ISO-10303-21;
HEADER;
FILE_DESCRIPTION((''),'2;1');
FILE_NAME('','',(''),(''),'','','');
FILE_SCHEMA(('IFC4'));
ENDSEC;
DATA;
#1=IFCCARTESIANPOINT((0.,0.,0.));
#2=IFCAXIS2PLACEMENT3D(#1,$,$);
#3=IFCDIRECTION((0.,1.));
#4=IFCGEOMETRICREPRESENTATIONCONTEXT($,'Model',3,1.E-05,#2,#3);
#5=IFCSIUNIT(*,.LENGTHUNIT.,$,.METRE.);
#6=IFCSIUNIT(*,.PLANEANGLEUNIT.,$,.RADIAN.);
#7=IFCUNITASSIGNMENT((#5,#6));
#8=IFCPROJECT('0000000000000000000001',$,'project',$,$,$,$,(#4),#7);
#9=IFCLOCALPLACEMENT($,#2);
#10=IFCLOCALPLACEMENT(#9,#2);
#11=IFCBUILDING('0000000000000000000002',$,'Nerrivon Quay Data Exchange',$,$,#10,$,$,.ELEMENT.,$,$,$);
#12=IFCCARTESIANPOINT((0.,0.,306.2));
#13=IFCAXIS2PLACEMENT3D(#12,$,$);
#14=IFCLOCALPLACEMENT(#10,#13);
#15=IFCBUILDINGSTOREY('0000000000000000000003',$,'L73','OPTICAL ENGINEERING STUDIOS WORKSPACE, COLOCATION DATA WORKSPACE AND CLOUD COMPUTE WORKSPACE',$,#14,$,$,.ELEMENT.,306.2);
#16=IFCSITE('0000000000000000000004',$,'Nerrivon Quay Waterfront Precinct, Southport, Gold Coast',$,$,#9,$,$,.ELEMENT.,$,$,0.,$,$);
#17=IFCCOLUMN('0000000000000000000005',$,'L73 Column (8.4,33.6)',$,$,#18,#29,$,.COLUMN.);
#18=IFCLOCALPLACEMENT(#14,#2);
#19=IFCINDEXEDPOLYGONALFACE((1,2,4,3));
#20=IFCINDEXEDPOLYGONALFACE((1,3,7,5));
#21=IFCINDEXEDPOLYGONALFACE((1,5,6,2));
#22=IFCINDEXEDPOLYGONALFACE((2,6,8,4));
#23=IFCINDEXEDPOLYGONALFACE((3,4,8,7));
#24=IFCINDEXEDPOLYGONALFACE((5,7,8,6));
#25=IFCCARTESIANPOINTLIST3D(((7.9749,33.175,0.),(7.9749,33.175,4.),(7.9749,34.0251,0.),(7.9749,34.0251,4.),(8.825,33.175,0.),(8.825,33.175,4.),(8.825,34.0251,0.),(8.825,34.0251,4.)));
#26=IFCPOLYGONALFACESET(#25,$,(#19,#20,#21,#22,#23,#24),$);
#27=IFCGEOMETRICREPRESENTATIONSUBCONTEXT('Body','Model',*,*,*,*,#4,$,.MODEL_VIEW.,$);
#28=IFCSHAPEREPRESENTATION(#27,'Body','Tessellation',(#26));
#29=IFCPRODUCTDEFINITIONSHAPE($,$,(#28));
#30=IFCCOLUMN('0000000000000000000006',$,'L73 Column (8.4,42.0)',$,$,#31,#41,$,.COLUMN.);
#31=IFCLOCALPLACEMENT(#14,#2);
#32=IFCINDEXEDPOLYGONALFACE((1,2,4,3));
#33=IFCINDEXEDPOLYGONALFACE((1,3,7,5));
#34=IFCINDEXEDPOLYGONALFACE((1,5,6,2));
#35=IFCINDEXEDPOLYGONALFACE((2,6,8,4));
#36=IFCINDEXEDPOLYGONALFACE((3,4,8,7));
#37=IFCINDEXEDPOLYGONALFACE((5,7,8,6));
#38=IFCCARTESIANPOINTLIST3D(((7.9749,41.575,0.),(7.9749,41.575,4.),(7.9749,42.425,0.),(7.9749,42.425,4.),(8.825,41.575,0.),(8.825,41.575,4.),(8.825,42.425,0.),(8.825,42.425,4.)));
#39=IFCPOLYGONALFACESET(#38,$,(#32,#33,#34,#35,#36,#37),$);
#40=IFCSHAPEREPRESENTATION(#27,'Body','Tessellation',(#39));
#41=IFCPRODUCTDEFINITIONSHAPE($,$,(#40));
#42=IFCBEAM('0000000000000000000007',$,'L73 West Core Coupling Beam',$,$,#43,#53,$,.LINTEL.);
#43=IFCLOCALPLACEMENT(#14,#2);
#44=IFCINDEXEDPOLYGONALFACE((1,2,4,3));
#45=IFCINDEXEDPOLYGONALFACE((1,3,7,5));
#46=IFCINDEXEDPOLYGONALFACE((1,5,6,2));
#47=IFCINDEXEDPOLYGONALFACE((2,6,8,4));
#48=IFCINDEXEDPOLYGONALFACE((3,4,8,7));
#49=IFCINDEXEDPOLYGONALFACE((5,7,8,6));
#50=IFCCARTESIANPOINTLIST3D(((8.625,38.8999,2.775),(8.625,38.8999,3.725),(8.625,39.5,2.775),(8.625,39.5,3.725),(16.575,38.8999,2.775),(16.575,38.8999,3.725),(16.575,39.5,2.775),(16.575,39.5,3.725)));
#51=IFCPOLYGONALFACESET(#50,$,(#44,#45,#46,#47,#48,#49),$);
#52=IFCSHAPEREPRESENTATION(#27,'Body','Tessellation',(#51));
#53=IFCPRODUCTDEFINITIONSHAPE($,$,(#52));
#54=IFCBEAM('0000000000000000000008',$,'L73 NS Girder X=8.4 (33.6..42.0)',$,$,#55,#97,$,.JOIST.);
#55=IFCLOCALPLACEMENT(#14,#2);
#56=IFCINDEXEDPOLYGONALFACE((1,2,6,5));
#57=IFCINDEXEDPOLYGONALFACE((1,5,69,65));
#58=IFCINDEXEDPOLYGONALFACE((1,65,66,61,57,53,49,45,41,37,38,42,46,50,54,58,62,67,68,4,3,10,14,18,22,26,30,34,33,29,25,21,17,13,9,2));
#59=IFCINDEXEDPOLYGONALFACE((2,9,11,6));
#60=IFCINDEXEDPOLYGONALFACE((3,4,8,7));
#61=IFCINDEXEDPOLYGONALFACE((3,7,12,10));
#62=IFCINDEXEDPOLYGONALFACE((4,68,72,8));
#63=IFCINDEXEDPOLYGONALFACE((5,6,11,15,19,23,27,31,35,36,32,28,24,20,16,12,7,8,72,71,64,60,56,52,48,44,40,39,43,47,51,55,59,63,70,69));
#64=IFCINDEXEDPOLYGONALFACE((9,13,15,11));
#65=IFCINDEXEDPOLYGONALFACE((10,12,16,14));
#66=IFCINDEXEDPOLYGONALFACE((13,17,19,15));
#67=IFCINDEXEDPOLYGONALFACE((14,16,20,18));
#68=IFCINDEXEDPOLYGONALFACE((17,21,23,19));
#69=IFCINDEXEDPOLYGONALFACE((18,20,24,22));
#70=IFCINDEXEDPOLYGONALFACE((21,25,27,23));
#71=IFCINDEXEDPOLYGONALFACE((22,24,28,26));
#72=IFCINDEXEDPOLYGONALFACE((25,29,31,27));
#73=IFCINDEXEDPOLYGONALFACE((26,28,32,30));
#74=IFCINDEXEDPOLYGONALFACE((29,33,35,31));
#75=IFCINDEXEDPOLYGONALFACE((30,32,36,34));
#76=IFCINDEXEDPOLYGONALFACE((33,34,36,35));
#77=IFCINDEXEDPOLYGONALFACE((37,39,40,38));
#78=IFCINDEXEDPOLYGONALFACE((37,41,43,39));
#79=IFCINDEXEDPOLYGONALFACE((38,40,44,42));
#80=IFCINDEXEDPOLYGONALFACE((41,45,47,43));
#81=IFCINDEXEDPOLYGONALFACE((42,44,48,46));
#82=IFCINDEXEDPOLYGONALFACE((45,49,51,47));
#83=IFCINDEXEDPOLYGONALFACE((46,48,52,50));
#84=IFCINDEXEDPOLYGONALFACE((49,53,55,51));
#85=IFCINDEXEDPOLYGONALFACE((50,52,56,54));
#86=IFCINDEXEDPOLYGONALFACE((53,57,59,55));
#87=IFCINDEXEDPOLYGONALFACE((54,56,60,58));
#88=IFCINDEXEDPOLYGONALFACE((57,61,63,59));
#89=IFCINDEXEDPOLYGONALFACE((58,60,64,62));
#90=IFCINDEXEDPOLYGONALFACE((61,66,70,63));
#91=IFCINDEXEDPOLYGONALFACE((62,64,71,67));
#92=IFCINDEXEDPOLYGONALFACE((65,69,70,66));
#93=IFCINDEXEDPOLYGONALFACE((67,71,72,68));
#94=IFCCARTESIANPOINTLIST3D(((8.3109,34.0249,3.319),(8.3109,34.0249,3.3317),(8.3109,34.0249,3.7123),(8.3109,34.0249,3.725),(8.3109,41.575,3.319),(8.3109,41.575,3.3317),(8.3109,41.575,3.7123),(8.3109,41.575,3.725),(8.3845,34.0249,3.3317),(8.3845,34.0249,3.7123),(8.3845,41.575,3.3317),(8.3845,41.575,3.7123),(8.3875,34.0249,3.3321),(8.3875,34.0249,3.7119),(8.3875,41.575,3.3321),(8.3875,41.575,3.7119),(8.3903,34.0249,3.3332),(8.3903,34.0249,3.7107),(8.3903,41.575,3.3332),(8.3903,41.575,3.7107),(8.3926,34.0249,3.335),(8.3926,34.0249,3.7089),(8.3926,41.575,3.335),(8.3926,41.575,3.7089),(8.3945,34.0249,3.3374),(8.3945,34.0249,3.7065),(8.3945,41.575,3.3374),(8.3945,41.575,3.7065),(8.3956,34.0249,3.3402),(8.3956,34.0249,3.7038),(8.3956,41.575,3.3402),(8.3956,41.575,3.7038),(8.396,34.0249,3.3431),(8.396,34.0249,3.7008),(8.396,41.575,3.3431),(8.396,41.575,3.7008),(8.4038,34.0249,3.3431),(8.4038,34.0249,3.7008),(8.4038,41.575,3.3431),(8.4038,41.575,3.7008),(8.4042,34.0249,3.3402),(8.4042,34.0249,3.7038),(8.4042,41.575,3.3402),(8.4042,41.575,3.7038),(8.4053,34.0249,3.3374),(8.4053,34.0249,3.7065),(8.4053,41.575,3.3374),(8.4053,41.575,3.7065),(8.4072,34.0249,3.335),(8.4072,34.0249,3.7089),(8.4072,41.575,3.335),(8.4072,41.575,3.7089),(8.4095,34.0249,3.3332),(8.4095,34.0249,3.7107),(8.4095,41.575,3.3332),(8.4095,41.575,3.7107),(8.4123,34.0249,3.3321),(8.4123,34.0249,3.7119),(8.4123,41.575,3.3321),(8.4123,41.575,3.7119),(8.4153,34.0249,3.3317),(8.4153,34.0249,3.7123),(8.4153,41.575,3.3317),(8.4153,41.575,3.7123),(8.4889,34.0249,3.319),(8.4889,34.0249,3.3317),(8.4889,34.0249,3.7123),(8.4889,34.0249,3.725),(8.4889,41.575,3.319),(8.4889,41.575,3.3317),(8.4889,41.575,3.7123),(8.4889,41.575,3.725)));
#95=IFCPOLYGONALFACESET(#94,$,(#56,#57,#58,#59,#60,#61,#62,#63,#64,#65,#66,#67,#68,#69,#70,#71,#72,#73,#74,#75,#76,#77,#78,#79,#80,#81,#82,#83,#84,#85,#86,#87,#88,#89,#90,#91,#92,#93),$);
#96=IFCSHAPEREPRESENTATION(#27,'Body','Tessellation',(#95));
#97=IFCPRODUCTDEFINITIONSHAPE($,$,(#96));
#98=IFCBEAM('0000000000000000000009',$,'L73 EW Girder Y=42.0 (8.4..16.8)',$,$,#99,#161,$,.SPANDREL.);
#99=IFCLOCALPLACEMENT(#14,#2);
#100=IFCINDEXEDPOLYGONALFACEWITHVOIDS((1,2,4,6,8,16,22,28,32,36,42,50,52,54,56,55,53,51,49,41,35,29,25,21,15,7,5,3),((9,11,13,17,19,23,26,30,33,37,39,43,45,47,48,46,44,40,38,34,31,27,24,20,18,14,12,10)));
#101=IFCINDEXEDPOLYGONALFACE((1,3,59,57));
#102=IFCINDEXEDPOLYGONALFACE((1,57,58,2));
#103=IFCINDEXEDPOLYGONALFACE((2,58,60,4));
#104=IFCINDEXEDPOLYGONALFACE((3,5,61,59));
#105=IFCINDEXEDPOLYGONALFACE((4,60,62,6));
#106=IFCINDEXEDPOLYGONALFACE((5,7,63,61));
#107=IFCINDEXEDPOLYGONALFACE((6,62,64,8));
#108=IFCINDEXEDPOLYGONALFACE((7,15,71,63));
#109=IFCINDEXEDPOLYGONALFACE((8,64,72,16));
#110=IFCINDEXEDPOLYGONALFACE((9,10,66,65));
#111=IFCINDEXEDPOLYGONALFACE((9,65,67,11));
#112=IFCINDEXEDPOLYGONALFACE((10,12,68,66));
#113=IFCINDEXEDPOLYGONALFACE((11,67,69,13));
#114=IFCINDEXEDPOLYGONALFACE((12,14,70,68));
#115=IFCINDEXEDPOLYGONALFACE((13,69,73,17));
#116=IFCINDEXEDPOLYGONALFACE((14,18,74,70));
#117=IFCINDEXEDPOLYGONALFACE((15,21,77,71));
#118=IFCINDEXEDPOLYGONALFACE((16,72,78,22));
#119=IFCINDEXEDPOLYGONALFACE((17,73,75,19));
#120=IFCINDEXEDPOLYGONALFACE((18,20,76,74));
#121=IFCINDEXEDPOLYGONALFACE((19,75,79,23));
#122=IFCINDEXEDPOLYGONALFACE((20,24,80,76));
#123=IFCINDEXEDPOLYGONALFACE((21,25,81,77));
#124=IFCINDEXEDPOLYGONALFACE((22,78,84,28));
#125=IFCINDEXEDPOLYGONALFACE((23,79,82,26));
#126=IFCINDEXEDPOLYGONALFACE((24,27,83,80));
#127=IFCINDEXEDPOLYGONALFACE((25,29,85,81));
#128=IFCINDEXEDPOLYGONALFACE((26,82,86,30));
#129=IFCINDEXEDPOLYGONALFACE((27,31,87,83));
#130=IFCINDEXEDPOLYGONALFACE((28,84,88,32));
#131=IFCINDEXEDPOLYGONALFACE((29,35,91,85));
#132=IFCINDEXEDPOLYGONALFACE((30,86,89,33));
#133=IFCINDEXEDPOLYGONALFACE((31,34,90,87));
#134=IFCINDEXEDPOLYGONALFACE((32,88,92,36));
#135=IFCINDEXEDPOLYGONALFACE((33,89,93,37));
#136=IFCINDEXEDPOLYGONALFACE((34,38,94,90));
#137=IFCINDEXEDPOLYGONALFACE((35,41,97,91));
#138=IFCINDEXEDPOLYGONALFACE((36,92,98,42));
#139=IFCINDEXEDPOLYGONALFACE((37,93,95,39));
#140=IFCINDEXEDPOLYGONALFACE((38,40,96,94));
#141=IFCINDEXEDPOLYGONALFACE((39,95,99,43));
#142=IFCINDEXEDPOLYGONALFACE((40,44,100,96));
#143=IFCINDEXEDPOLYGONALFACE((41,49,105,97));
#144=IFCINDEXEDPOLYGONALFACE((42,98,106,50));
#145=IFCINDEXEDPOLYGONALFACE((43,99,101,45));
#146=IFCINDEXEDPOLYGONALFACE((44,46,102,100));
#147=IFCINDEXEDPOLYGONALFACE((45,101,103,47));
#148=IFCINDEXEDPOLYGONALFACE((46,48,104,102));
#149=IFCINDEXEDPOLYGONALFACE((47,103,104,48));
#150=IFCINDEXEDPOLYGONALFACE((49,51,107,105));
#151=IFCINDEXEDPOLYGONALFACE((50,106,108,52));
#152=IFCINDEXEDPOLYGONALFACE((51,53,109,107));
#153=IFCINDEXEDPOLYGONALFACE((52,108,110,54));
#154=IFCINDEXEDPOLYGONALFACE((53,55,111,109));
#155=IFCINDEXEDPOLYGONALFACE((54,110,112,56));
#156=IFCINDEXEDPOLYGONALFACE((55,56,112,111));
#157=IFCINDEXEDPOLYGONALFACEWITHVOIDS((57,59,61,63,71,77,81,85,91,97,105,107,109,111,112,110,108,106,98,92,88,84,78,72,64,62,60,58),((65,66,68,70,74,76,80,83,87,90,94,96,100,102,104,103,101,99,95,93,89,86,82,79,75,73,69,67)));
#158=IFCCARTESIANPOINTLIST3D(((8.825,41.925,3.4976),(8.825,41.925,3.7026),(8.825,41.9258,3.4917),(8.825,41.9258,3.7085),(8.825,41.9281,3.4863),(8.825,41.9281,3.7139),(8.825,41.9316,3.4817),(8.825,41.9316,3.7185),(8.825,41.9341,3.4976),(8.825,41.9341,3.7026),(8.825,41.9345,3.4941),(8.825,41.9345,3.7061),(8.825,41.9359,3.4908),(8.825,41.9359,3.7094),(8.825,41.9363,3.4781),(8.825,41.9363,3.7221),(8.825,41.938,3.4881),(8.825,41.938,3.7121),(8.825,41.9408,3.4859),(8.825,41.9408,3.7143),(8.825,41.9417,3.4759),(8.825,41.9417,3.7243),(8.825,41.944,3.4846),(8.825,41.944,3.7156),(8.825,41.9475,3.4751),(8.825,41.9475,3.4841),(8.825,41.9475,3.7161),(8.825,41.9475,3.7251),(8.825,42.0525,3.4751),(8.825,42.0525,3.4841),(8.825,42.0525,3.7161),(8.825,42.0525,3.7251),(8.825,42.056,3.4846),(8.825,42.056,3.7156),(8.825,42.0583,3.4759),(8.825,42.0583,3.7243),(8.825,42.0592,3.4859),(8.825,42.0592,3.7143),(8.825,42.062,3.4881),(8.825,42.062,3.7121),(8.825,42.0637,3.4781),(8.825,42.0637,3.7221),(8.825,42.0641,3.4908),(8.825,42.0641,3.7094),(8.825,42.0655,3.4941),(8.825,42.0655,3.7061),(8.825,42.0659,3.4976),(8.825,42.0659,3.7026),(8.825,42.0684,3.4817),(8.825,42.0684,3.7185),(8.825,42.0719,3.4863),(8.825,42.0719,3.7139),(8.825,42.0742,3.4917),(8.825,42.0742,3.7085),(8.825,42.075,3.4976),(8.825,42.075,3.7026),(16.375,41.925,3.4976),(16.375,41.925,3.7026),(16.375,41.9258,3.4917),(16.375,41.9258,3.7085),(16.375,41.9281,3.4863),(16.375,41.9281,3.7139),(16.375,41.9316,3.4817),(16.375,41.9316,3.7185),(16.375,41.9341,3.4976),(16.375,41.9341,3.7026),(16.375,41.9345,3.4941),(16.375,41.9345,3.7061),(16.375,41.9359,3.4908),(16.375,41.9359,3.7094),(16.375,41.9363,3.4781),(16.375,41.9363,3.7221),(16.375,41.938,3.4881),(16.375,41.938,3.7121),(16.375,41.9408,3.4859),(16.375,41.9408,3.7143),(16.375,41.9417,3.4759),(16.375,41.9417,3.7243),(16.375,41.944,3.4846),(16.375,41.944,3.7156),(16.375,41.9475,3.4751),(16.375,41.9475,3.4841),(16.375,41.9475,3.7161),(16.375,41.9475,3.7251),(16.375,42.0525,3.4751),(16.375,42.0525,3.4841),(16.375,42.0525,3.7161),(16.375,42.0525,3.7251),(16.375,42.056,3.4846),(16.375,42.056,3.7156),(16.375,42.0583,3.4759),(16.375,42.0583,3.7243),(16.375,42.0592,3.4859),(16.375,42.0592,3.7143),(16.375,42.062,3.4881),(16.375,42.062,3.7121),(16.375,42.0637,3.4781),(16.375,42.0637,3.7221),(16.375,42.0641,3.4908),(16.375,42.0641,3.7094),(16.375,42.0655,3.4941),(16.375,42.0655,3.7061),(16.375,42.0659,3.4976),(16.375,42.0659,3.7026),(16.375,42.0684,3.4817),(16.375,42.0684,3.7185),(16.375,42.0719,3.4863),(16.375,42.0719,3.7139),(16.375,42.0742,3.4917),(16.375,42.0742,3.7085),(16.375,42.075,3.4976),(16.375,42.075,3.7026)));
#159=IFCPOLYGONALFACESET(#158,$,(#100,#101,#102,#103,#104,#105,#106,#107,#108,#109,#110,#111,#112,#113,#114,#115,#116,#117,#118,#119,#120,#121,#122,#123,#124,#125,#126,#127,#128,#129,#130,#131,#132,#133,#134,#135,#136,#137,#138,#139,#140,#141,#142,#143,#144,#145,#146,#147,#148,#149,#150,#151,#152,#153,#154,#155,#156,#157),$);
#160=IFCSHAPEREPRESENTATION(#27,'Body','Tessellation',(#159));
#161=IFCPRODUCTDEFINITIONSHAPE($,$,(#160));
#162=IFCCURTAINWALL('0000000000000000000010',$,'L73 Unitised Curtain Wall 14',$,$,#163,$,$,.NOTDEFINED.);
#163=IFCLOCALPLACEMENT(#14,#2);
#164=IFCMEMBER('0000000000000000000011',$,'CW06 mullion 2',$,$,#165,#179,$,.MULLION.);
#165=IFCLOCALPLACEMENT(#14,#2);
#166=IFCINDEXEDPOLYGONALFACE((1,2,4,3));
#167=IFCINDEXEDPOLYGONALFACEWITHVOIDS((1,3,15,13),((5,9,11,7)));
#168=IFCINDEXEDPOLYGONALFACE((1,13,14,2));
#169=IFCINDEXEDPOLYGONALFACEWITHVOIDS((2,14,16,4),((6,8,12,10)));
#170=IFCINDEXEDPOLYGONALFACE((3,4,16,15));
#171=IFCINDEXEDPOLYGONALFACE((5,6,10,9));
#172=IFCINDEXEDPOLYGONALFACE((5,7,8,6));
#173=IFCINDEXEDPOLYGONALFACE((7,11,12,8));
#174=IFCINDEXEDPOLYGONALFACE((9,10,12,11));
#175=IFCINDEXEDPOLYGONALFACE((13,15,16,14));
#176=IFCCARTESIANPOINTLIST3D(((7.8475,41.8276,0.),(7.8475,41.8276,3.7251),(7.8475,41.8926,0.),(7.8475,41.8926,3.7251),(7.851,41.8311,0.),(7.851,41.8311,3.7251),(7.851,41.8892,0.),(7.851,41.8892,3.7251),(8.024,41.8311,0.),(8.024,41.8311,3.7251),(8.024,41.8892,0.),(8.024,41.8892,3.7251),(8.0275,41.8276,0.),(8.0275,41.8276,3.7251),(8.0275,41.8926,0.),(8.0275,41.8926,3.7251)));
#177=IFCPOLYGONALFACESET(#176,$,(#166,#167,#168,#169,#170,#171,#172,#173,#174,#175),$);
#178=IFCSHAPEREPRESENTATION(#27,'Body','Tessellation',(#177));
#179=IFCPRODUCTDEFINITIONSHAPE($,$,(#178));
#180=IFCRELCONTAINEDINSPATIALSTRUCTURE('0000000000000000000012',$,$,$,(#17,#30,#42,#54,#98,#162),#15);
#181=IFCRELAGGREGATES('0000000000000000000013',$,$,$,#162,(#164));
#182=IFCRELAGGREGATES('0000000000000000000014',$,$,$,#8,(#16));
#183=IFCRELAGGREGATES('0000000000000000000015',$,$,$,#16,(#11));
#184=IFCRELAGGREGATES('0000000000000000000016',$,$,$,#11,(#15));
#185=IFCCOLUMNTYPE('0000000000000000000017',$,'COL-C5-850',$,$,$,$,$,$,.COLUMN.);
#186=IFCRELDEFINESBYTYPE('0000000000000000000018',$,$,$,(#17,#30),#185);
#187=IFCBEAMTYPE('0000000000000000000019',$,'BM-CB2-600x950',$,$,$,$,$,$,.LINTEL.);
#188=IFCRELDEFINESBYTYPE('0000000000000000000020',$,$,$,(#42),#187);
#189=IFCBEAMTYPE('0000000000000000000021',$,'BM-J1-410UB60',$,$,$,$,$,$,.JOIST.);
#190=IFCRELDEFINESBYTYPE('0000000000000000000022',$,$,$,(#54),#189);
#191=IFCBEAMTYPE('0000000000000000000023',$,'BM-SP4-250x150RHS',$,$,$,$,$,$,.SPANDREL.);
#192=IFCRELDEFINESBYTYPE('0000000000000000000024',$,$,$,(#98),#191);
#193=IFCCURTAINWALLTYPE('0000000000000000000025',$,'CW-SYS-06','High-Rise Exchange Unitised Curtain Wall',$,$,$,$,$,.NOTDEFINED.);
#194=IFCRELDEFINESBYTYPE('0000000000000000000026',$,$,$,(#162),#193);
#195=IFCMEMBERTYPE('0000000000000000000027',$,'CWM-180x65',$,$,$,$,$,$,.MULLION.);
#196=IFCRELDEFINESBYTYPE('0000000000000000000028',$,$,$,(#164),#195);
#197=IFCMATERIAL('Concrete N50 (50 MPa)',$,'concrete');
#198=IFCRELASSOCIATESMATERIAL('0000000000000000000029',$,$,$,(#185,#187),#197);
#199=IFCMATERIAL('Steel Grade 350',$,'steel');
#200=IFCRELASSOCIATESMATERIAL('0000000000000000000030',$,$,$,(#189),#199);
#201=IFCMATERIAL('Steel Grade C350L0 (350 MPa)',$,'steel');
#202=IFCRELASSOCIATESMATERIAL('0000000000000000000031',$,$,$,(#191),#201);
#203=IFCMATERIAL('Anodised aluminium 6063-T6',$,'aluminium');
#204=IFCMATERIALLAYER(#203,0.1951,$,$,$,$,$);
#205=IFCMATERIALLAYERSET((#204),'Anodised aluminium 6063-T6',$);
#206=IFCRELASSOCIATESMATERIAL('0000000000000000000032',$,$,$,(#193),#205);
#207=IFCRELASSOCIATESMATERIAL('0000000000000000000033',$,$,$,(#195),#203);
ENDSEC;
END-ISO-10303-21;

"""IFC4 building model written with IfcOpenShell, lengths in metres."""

from ifc_helpers import new_model, si_unit, direction, frame, origin, origin_2d, place, context, subcontext, project, spatial, rectangle, hollow_rectangle, i_section, extrude, material, layer, layer_set, material_profile, profile_set, type_object, element, aggregate, save


model = new_model("IFC4")

# Units and contexts
model_context = context("Model", 3, precision=1e-05, world=origin(), true_north=direction((0.0, 1.0)))
body_context = subcontext(model_context, "Body", "Model", "MODEL_VIEW")
ifc_project = project(units=[si_unit("LENGTHUNIT", "METRE"), si_unit("PLANEANGLEUNIT", "RADIAN")], contexts=[model_context])

# Site, building, storey
site_placement = place(None, origin())
site = spatial("IfcSite", under=ifc_project, at=site_placement, Name="Nerrivon Quay Waterfront Precinct, Southport, Gold Coast", CompositionType="ELEMENT", RefElevation=0.0)
building_placement = place(site_placement, origin())
building = spatial("IfcBuilding", under=site, at=building_placement, Name="Nerrivon Quay Data Exchange", CompositionType="ELEMENT")
storey_placement = place(building_placement, frame((0.0, 0.0, 306.2)))
storey = spatial("IfcBuildingStorey", under=building, at=storey_placement, Name="L73", Description="OPTICAL ENGINEERING STUDIOS WORKSPACE, COLOCATION DATA WORKSPACE AND CLOUD COMPUTE WORKSPACE", CompositionType="ELEMENT", Elevation=306.2)

# Columns
ifc_material_1 = material(Name="Concrete N50 (50 MPa)", Category="concrete")
ifc_material_profile_1 = material_profile(ifc_material_1, rectangle(XDim=0.8501, YDim=0.8501, at=origin_2d()), Name="RC-COL-850x850")
ifc_profile_set_1 = profile_set([ifc_material_profile_1], Name="Concrete N50 (50 MPa)")
column_type = type_object("IfcColumnType", Name="COL-C5-850", PredefinedType="COLUMN", material=ifc_profile_set_1)
for number, where, z_axis, x_axis, name in (
    (1, (8.3999, 33.6001, 0.0), (0.0, 0.0, 1.0), (1.0, 0.0, 0.0), "L73 Column (8.4,33.6)"),
    (2, (8.3999, 42.0, 0.0), (0.0, 0.0, 1.0), (1.0, 0.0, 0.0), "L73 Column (8.4,42.0)"),
):
    element("IfcColumn", number, at=place(storey_placement, frame(where, z_axis=z_axis, x_axis=x_axis)), inside=storey, type_object=column_type, Name=name, PredefinedType="COLUMN", context=body_context, shape_type="SweptSolid", body=[
        extrude(rectangle(XDim=0.8501, YDim=0.8501, at=origin_2d()), origin(), (0.0, 0.0, 1.0), 4.0),
    ])

# Beams
ifc_material_profile_2 = material_profile(ifc_material_1, rectangle(XDim=0.6001, YDim=0.95, at=origin_2d()), Name="RC-CB-600x950")
ifc_profile_set_2 = profile_set([ifc_material_profile_2], Name="Concrete N50 (50 MPa)")
beam_type_1 = type_object("IfcBeamType", Name="BM-CB2-600x950", PredefinedType="LINTEL", material=ifc_profile_set_2)
beam_1_placement = place(storey_placement, frame((8.625, 39.2, 3.25), z_axis=(1.0, 0.0, 0.0), x_axis=(0.0, 1.0, 0.0)))
element("IfcBeam", 3, at=beam_1_placement, inside=storey, type_object=beam_type_1, Name="L73 West Core Coupling Beam", PredefinedType="LINTEL", context=body_context, shape_type="SweptSolid", body=[
    extrude(rectangle(XDim=0.6001, YDim=0.95, at=origin_2d()), origin(), (0.0, 0.0, 1.0), 7.95),
])
ifc_material_2 = material(Name="Steel Grade 350", Category="steel")
ifc_material_profile_3 = material_profile(ifc_material_2, i_section(OverallWidth=0.178, OverallDepth=0.406, WebThickness=0.0078, FlangeThickness=0.0127, FilletRadius=0.0115, at=origin_2d()), Name="410UB59.7")
ifc_profile_set_3 = profile_set([ifc_material_profile_3], Name="Steel Grade 350")
beam_type_2 = type_object("IfcBeamType", Name="BM-J1-410UB60", PredefinedType="JOIST", material=ifc_profile_set_3)
beam_2_placement = place(storey_placement, frame((8.3999, 34.0249, 3.522), z_axis=(0.0, 1.0, 0.0), x_axis=(-1.0, 0.0, 0.0)))
element("IfcBeam", 4, at=beam_2_placement, inside=storey, type_object=beam_type_2, Name="L73 NS Girder X=8.4 (33.6..42.0)", PredefinedType="JOIST", context=body_context, shape_type="SweptSolid", body=[
    extrude(i_section(OverallWidth=0.178, OverallDepth=0.406, WebThickness=0.0078, FlangeThickness=0.0127, FilletRadius=0.0115, at=origin_2d()), origin(), (0.0, 0.0, 1.0), 7.55),
])
ifc_material_3 = material(Name="Steel Grade C350L0 (350 MPa)", Category="steel")
ifc_material_profile_4 = material_profile(ifc_material_3, hollow_rectangle(XDim=0.1499, YDim=0.25, WallThickness=0.009, InnerFilletRadius=0.0134, OuterFilletRadius=0.0225, at=origin_2d()), Name="250x150x9.0RHS")
ifc_profile_set_4 = profile_set([ifc_material_profile_4], Name="Steel Grade C350L0 (350 MPa)")
beam_type_3 = type_object("IfcBeamType", Name="BM-SP4-250x150RHS", PredefinedType="SPANDREL", material=ifc_profile_set_4)
beam_3_placement = place(storey_placement, frame((8.825, 42.0, 3.6001), z_axis=(1.0, 0.0, 0.0), x_axis=(0.0, 1.0, 0.0)))
element("IfcBeam", 5, at=beam_3_placement, inside=storey, type_object=beam_type_3, Name="L73 EW Girder Y=42.0 (8.4..16.8)", PredefinedType="SPANDREL", context=body_context, shape_type="SweptSolid", body=[
    extrude(hollow_rectangle(XDim=0.1499, YDim=0.25, WallThickness=0.009, InnerFilletRadius=0.0134, OuterFilletRadius=0.0225, at=origin_2d()), origin(), (0.0, 0.0, 1.0), 7.55),
])

# Curtain wall, member
ifc_material_4 = material(Name="Anodised aluminium 6063-T6", Category="aluminium")
ifc_layer_1 = layer(ifc_material_4, 0.1951)
ifc_layer_set_1 = layer_set([ifc_layer_1], Name="Anodised aluminium 6063-T6")
curtain_wall_type = type_object("IfcCurtainWallType", Name="CW-SYS-06", Description="High-Rise Exchange Unitised Curtain Wall", PredefinedType="NOTDEFINED", material=ifc_layer_set_1)
curtain_wall_1_placement = place(storey_placement, origin())
curtain_wall_1 = element("IfcCurtainWall", 6, at=curtain_wall_1_placement, inside=storey, type_object=curtain_wall_type, Name="L73 Unitised Curtain Wall 14", PredefinedType="NOTDEFINED")
ifc_material_profile_5 = material_profile(ifc_material_4, hollow_rectangle(XDim=0.0649, YDim=0.1799, WallThickness=0.0034, at=origin_2d()), Name="ALU-MULL-180x65")
ifc_profile_set_5 = profile_set([ifc_material_profile_5], Name="Anodised aluminium 6063-T6")
member_type_1 = type_object("IfcMemberType", Name="CWM-180x65", PredefinedType="MULLION", material=ifc_profile_set_5)
member_1_placement = place(storey_placement, frame((7.9375, 41.8601, 0.0), z_axis=(0.0, 0.0, 1.0), x_axis=(0.0, 1.0, 0.0)))
member_1 = element("IfcMember", 7, at=member_1_placement, type_object=member_type_1, Name="CW06 mullion 2", PredefinedType="MULLION", context=body_context, shape_type="SweptSolid", body=[
    extrude(hollow_rectangle(XDim=0.0649, YDim=0.1799, WallThickness=0.0034, at=origin_2d()), origin(), (0.0, 0.0, 1.0), 3.7251),
])
aggregate(curtain_wall_1, [member_1])

save(model, "model.ifc")
